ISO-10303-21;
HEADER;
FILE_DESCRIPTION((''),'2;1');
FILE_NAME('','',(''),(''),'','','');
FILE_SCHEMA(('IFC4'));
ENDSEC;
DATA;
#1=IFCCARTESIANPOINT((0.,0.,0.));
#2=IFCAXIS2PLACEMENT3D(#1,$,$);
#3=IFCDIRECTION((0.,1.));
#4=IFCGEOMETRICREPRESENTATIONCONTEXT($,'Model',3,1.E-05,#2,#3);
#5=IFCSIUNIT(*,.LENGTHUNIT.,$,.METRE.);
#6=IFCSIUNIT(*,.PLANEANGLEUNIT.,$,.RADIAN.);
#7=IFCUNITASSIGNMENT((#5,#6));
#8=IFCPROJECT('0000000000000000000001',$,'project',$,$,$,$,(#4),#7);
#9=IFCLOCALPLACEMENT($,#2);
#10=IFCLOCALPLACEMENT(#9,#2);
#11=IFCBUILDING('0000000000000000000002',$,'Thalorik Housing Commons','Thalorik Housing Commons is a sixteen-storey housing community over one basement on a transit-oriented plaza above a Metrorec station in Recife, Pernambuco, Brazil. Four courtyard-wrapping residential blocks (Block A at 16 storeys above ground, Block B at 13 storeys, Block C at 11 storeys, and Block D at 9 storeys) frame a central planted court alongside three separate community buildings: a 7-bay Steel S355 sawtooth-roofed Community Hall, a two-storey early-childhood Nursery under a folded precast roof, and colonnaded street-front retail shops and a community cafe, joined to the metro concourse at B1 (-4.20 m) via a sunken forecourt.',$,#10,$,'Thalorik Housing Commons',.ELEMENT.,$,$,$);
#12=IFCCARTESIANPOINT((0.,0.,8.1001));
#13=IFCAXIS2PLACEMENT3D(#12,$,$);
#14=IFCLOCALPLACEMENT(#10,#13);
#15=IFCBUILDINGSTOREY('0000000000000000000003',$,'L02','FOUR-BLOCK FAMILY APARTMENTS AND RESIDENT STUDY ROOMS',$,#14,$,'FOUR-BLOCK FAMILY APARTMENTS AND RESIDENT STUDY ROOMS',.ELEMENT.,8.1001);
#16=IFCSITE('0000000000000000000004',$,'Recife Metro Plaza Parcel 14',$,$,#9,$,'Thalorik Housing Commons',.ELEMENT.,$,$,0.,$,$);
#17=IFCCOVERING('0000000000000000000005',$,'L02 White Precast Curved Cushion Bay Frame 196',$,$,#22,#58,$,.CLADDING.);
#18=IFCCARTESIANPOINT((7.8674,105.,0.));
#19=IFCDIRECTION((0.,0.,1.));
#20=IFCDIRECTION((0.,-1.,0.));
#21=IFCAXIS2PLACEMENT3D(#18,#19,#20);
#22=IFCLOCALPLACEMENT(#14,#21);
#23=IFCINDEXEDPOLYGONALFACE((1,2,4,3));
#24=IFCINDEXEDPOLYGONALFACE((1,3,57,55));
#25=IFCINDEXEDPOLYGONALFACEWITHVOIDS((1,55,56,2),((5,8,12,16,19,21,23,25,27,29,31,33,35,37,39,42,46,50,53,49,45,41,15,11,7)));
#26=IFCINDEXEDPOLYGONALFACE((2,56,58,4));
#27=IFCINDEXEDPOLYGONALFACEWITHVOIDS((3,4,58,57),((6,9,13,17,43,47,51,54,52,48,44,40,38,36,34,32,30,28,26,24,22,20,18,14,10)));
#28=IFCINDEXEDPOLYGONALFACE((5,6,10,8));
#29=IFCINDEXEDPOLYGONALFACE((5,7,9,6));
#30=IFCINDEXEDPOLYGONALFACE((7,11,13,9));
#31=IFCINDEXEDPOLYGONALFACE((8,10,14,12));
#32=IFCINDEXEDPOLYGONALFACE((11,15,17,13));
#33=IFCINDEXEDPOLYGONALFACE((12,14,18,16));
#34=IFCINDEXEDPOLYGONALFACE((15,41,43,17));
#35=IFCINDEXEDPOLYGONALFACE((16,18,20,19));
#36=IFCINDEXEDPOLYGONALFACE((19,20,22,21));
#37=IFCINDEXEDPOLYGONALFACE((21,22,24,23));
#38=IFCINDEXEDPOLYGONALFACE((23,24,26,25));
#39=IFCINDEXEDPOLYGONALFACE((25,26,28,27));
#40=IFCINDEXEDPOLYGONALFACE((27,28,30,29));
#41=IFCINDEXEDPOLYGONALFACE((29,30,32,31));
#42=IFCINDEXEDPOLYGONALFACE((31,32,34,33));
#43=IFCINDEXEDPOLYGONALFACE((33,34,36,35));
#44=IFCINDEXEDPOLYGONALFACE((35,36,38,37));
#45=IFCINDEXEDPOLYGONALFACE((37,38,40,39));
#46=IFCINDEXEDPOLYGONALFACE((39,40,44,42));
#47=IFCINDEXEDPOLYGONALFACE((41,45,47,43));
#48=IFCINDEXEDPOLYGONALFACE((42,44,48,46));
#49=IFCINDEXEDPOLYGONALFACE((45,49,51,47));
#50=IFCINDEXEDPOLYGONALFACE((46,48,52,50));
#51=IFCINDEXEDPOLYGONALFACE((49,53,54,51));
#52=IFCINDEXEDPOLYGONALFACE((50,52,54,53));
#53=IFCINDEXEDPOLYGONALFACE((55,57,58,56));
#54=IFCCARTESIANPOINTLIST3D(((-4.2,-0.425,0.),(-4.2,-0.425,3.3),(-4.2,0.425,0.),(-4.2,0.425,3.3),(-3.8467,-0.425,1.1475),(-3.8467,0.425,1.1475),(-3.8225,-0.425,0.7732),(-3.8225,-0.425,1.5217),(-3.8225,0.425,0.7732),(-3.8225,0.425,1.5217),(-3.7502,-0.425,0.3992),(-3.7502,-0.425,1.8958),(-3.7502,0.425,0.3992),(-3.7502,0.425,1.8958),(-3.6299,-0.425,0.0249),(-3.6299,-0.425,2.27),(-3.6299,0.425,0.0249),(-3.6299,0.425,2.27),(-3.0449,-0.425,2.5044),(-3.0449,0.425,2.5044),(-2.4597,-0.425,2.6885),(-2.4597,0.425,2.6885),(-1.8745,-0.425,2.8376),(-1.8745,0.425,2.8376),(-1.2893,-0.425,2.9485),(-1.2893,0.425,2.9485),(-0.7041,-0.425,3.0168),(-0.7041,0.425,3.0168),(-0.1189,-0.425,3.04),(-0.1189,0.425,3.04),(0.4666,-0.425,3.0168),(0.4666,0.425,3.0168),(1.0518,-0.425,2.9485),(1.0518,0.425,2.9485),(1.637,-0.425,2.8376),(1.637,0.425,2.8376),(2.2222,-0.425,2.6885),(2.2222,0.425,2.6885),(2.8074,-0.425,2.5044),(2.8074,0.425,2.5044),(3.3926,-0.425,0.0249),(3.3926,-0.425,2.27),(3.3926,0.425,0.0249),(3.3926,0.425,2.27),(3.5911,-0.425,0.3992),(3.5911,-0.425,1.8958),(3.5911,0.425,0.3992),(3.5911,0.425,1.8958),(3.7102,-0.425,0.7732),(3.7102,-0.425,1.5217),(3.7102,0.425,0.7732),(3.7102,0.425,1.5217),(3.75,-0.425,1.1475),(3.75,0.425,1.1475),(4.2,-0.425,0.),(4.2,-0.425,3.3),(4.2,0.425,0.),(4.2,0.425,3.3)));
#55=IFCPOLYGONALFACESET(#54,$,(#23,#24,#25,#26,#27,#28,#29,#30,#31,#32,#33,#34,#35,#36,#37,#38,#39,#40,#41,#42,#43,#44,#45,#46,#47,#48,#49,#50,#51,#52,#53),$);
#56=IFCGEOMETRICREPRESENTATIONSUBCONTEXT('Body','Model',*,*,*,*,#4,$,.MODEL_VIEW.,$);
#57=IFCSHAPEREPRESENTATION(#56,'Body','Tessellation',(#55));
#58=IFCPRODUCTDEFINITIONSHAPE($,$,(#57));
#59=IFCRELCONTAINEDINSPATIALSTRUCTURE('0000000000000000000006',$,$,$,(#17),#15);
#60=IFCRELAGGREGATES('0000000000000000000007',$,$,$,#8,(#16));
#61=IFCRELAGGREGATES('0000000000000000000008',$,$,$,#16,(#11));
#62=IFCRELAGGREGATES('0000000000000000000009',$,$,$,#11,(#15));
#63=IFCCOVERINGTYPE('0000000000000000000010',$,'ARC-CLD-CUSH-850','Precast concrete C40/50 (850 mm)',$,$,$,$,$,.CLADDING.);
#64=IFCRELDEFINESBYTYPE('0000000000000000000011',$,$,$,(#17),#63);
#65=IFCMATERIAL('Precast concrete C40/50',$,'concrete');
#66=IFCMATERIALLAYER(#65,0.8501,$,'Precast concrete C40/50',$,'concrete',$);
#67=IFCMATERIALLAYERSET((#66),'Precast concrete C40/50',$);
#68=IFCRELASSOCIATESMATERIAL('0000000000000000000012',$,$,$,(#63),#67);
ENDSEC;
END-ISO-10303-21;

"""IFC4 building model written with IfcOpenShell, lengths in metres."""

from ifc_helpers import new_model, si_unit, direction, frame, origin, place, context, subcontext, project, spatial, polyline, outline, extrude, material, layer, layer_set, type_object, element, save


model = new_model("IFC4")

# Units and contexts
model_context = context("Model", 3, precision=1e-05, world=origin(), true_north=direction((0.0, 1.0)))
body_context = subcontext(model_context, "Body", "Model", "MODEL_VIEW")
ifc_project = project(units=[si_unit("LENGTHUNIT", "METRE"), si_unit("PLANEANGLEUNIT", "RADIAN")], contexts=[model_context])

# Site, building, storey
site_placement = place(None, origin())
site = spatial("IfcSite", under=ifc_project, at=site_placement, Name="Recife Metro Plaza Parcel 14", LongName="Thalorik Housing Commons", CompositionType="ELEMENT", RefElevation=0.0)
building_placement = place(site_placement, origin())
building = spatial("IfcBuilding", under=site, at=building_placement, Name="Thalorik Housing Commons", Description="Thalorik Housing Commons is a sixteen-storey housing community over one basement on a transit-oriented plaza above a Metrorec station in Recife, Pernambuco, Brazil. Four courtyard-wrapping residential blocks (Block A at 16 storeys above ground, Block B at 13 storeys, Block C at 11 storeys, and Block D at 9 storeys) frame a central planted court alongside three separate community buildings: a 7-bay Steel S355 sawtooth-roofed Community Hall, a two-storey early-childhood Nursery under a folded precast roof, and colonnaded street-front retail shops and a community cafe, joined to the metro concourse at B1 (-4.20 m) via a sunken forecourt.", LongName="Thalorik Housing Commons", CompositionType="ELEMENT")
storey_placement = place(building_placement, frame((0.0, 0.0, 8.1001)))
storey = spatial("IfcBuildingStorey", under=building, at=storey_placement, Name="L02", Description="FOUR-BLOCK FAMILY APARTMENTS AND RESIDENT STUDY ROOMS", LongName="FOUR-BLOCK FAMILY APARTMENTS AND RESIDENT STUDY ROOMS", CompositionType="ELEMENT", Elevation=8.1001)

# Shared definitions
ifc_material_1 = material(Name="Precast concrete C40/50", Category="concrete")

# Covering
ifc_layer_1 = layer(ifc_material_1, 0.8501, Name="Precast concrete C40/50", Category="concrete")
ifc_layer_set_1 = layer_set([ifc_layer_1], Name="Precast concrete C40/50")
covering_type_1 = type_object("IfcCoveringType", Name="ARC-CLD-CUSH-850", Description="Precast concrete C40/50 (850 mm)", PredefinedType="CLADDING", material=ifc_layer_set_1)
covering_1_placement = place(storey_placement, frame((7.8674, 105.0, 0.0), z_axis=(0.0, 0.0, 1.0), x_axis=(0.0, -1.0, 0.0)))
element("IfcCovering", 1, at=covering_1_placement, inside=storey, type_object=covering_type_1, Name="L02 White Precast Curved Cushion Bay Frame 196", PredefinedType="CLADDING", context=body_context, shape_type="SweptSolid", body=[
    extrude(outline(polyline([(-4.2, 0.0), (4.2, 0.0), (4.2, 3.3), (-4.2, 3.3), (-4.2, 0.0)]), holes=[polyline([(3.3926, 0.0249), (3.5911, 0.3992), (3.7102, 0.7732), (3.75, 1.1475), (3.7102, 1.5217), (3.5911, 1.8958), (3.3926, 2.27), (2.8074, 2.5044), (2.2222, 2.6885), (1.637, 2.8376), (1.0518, 2.9485), (0.4666, 3.0168), (-0.1189, 3.04), (-0.7041, 3.0168), (-1.2893, 2.9485), (-1.8745, 2.8376), (-2.4597, 2.6885), (-3.0449, 2.5044), (-3.6299, 2.27), (-3.7502, 1.8958), (-3.8225, 1.5217), (-3.8467, 1.1475), (-3.8225, 0.7732), (-3.7502, 0.3992), (-3.6299, 0.0249), (3.3926, 0.0249)])]), frame((0.0, 0.425, 0.0), z_axis=(0.0, -1.0, 0.0), x_axis=(1.0, 0.0, 0.0)), (0.0, 0.0, 1.0), 0.8501),
])

save(model, "model.ifc")
